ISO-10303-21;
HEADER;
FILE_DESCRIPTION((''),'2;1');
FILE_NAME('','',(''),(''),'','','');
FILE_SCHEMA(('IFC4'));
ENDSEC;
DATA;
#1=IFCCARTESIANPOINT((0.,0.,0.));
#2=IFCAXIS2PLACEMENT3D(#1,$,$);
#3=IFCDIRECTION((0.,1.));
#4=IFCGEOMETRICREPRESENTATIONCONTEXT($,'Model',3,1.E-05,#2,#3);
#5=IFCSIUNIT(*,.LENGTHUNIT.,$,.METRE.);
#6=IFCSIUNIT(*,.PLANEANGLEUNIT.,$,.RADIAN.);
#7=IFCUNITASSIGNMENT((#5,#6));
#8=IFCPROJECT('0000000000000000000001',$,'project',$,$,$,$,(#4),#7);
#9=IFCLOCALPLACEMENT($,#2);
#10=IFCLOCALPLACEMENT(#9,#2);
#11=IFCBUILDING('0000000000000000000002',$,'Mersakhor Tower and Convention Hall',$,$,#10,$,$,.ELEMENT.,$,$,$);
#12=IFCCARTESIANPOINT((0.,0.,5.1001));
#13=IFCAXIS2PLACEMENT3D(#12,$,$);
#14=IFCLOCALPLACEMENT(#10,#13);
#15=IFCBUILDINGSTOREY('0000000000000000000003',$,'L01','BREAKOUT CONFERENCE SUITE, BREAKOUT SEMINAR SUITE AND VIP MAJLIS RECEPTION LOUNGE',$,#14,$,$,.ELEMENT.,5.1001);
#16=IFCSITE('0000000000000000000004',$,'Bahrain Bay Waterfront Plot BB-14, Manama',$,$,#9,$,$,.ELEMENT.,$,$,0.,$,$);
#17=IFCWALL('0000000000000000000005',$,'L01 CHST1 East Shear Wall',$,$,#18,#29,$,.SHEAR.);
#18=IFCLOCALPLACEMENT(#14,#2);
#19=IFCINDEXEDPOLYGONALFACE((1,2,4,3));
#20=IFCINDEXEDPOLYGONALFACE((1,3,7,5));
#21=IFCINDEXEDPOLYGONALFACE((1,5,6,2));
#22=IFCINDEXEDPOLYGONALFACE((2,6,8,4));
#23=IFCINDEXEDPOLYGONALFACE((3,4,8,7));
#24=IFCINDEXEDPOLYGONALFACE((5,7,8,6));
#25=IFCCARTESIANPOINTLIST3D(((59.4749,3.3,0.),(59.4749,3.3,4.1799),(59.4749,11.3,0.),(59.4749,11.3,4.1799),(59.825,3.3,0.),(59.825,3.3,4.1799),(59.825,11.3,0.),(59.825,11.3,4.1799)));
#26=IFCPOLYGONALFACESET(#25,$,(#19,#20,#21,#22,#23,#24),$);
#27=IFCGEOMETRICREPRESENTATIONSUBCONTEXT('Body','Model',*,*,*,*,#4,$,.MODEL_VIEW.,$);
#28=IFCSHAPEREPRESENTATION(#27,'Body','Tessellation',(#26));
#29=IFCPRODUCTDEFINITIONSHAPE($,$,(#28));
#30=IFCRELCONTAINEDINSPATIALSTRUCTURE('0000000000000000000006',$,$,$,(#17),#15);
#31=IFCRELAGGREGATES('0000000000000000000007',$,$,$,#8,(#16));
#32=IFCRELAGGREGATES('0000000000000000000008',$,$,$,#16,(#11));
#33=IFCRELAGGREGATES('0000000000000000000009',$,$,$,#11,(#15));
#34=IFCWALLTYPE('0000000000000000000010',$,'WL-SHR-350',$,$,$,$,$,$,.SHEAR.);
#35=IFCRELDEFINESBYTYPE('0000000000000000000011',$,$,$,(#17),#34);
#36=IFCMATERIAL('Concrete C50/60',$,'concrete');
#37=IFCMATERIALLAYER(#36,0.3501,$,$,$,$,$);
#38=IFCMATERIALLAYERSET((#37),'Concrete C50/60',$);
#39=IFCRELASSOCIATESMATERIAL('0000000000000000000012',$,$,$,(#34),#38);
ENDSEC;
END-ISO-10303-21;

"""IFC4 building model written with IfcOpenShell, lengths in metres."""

from ifc_helpers import new_model, si_unit, direction, frame, frame_2d, origin, place, context, subcontext, project, spatial, rectangle, extrude, material, layer, layer_set, type_object, element, save


model = new_model("IFC4")

# Units and contexts
model_context = context("Model", 3, precision=1e-05, world=origin(), true_north=direction((0.0, 1.0)))
body_context = subcontext(model_context, "Body", "Model", "MODEL_VIEW")
ifc_project = project(units=[si_unit("LENGTHUNIT", "METRE"), si_unit("PLANEANGLEUNIT", "RADIAN")], contexts=[model_context])

# Site, building, storey
site_placement = place(None, origin())
site = spatial("IfcSite", under=ifc_project, at=site_placement, Name="Bahrain Bay Waterfront Plot BB-14, Manama", CompositionType="ELEMENT", RefElevation=0.0)
building_placement = place(site_placement, origin())
building = spatial("IfcBuilding", under=site, at=building_placement, Name="Mersakhor Tower and Convention Hall", CompositionType="ELEMENT")
storey_placement = place(building_placement, frame((0.0, 0.0, 5.1001)))
storey = spatial("IfcBuildingStorey", under=building, at=storey_placement, Name="L01", Description="BREAKOUT CONFERENCE SUITE, BREAKOUT SEMINAR SUITE AND VIP MAJLIS RECEPTION LOUNGE", CompositionType="ELEMENT", Elevation=5.1001)

# Shared definitions
ifc_material_1 = material(Name="Concrete C50/60", Category="concrete")
ifc_layer_1 = layer(ifc_material_1, 0.3501)
ifc_layer_set_1 = layer_set([ifc_layer_1], Name="Concrete C50/60")
wall_type_1 = type_object("IfcWallType", Name="WL-SHR-350", PredefinedType="SHEAR", material=ifc_layer_set_1)

# Wall
wall_1_placement = place(storey_placement, frame((59.6499, 11.3, 0.0), z_axis=(0.0, 0.0, 1.0), x_axis=(0.0, -1.0, 0.0)))
element("IfcWall", 1, at=wall_1_placement, inside=storey, type_object=wall_type_1, Name="L01 CHST1 East Shear Wall", PredefinedType="SHEAR", context=body_context, shape_type="SweptSolid", body=[
    extrude(rectangle(XDim=8.0, YDim=0.3501, at=frame_2d((4.0, 0.0))), origin(), (0.0, 0.0, 1.0), 4.1799),
])

save(model, "model.ifc")
